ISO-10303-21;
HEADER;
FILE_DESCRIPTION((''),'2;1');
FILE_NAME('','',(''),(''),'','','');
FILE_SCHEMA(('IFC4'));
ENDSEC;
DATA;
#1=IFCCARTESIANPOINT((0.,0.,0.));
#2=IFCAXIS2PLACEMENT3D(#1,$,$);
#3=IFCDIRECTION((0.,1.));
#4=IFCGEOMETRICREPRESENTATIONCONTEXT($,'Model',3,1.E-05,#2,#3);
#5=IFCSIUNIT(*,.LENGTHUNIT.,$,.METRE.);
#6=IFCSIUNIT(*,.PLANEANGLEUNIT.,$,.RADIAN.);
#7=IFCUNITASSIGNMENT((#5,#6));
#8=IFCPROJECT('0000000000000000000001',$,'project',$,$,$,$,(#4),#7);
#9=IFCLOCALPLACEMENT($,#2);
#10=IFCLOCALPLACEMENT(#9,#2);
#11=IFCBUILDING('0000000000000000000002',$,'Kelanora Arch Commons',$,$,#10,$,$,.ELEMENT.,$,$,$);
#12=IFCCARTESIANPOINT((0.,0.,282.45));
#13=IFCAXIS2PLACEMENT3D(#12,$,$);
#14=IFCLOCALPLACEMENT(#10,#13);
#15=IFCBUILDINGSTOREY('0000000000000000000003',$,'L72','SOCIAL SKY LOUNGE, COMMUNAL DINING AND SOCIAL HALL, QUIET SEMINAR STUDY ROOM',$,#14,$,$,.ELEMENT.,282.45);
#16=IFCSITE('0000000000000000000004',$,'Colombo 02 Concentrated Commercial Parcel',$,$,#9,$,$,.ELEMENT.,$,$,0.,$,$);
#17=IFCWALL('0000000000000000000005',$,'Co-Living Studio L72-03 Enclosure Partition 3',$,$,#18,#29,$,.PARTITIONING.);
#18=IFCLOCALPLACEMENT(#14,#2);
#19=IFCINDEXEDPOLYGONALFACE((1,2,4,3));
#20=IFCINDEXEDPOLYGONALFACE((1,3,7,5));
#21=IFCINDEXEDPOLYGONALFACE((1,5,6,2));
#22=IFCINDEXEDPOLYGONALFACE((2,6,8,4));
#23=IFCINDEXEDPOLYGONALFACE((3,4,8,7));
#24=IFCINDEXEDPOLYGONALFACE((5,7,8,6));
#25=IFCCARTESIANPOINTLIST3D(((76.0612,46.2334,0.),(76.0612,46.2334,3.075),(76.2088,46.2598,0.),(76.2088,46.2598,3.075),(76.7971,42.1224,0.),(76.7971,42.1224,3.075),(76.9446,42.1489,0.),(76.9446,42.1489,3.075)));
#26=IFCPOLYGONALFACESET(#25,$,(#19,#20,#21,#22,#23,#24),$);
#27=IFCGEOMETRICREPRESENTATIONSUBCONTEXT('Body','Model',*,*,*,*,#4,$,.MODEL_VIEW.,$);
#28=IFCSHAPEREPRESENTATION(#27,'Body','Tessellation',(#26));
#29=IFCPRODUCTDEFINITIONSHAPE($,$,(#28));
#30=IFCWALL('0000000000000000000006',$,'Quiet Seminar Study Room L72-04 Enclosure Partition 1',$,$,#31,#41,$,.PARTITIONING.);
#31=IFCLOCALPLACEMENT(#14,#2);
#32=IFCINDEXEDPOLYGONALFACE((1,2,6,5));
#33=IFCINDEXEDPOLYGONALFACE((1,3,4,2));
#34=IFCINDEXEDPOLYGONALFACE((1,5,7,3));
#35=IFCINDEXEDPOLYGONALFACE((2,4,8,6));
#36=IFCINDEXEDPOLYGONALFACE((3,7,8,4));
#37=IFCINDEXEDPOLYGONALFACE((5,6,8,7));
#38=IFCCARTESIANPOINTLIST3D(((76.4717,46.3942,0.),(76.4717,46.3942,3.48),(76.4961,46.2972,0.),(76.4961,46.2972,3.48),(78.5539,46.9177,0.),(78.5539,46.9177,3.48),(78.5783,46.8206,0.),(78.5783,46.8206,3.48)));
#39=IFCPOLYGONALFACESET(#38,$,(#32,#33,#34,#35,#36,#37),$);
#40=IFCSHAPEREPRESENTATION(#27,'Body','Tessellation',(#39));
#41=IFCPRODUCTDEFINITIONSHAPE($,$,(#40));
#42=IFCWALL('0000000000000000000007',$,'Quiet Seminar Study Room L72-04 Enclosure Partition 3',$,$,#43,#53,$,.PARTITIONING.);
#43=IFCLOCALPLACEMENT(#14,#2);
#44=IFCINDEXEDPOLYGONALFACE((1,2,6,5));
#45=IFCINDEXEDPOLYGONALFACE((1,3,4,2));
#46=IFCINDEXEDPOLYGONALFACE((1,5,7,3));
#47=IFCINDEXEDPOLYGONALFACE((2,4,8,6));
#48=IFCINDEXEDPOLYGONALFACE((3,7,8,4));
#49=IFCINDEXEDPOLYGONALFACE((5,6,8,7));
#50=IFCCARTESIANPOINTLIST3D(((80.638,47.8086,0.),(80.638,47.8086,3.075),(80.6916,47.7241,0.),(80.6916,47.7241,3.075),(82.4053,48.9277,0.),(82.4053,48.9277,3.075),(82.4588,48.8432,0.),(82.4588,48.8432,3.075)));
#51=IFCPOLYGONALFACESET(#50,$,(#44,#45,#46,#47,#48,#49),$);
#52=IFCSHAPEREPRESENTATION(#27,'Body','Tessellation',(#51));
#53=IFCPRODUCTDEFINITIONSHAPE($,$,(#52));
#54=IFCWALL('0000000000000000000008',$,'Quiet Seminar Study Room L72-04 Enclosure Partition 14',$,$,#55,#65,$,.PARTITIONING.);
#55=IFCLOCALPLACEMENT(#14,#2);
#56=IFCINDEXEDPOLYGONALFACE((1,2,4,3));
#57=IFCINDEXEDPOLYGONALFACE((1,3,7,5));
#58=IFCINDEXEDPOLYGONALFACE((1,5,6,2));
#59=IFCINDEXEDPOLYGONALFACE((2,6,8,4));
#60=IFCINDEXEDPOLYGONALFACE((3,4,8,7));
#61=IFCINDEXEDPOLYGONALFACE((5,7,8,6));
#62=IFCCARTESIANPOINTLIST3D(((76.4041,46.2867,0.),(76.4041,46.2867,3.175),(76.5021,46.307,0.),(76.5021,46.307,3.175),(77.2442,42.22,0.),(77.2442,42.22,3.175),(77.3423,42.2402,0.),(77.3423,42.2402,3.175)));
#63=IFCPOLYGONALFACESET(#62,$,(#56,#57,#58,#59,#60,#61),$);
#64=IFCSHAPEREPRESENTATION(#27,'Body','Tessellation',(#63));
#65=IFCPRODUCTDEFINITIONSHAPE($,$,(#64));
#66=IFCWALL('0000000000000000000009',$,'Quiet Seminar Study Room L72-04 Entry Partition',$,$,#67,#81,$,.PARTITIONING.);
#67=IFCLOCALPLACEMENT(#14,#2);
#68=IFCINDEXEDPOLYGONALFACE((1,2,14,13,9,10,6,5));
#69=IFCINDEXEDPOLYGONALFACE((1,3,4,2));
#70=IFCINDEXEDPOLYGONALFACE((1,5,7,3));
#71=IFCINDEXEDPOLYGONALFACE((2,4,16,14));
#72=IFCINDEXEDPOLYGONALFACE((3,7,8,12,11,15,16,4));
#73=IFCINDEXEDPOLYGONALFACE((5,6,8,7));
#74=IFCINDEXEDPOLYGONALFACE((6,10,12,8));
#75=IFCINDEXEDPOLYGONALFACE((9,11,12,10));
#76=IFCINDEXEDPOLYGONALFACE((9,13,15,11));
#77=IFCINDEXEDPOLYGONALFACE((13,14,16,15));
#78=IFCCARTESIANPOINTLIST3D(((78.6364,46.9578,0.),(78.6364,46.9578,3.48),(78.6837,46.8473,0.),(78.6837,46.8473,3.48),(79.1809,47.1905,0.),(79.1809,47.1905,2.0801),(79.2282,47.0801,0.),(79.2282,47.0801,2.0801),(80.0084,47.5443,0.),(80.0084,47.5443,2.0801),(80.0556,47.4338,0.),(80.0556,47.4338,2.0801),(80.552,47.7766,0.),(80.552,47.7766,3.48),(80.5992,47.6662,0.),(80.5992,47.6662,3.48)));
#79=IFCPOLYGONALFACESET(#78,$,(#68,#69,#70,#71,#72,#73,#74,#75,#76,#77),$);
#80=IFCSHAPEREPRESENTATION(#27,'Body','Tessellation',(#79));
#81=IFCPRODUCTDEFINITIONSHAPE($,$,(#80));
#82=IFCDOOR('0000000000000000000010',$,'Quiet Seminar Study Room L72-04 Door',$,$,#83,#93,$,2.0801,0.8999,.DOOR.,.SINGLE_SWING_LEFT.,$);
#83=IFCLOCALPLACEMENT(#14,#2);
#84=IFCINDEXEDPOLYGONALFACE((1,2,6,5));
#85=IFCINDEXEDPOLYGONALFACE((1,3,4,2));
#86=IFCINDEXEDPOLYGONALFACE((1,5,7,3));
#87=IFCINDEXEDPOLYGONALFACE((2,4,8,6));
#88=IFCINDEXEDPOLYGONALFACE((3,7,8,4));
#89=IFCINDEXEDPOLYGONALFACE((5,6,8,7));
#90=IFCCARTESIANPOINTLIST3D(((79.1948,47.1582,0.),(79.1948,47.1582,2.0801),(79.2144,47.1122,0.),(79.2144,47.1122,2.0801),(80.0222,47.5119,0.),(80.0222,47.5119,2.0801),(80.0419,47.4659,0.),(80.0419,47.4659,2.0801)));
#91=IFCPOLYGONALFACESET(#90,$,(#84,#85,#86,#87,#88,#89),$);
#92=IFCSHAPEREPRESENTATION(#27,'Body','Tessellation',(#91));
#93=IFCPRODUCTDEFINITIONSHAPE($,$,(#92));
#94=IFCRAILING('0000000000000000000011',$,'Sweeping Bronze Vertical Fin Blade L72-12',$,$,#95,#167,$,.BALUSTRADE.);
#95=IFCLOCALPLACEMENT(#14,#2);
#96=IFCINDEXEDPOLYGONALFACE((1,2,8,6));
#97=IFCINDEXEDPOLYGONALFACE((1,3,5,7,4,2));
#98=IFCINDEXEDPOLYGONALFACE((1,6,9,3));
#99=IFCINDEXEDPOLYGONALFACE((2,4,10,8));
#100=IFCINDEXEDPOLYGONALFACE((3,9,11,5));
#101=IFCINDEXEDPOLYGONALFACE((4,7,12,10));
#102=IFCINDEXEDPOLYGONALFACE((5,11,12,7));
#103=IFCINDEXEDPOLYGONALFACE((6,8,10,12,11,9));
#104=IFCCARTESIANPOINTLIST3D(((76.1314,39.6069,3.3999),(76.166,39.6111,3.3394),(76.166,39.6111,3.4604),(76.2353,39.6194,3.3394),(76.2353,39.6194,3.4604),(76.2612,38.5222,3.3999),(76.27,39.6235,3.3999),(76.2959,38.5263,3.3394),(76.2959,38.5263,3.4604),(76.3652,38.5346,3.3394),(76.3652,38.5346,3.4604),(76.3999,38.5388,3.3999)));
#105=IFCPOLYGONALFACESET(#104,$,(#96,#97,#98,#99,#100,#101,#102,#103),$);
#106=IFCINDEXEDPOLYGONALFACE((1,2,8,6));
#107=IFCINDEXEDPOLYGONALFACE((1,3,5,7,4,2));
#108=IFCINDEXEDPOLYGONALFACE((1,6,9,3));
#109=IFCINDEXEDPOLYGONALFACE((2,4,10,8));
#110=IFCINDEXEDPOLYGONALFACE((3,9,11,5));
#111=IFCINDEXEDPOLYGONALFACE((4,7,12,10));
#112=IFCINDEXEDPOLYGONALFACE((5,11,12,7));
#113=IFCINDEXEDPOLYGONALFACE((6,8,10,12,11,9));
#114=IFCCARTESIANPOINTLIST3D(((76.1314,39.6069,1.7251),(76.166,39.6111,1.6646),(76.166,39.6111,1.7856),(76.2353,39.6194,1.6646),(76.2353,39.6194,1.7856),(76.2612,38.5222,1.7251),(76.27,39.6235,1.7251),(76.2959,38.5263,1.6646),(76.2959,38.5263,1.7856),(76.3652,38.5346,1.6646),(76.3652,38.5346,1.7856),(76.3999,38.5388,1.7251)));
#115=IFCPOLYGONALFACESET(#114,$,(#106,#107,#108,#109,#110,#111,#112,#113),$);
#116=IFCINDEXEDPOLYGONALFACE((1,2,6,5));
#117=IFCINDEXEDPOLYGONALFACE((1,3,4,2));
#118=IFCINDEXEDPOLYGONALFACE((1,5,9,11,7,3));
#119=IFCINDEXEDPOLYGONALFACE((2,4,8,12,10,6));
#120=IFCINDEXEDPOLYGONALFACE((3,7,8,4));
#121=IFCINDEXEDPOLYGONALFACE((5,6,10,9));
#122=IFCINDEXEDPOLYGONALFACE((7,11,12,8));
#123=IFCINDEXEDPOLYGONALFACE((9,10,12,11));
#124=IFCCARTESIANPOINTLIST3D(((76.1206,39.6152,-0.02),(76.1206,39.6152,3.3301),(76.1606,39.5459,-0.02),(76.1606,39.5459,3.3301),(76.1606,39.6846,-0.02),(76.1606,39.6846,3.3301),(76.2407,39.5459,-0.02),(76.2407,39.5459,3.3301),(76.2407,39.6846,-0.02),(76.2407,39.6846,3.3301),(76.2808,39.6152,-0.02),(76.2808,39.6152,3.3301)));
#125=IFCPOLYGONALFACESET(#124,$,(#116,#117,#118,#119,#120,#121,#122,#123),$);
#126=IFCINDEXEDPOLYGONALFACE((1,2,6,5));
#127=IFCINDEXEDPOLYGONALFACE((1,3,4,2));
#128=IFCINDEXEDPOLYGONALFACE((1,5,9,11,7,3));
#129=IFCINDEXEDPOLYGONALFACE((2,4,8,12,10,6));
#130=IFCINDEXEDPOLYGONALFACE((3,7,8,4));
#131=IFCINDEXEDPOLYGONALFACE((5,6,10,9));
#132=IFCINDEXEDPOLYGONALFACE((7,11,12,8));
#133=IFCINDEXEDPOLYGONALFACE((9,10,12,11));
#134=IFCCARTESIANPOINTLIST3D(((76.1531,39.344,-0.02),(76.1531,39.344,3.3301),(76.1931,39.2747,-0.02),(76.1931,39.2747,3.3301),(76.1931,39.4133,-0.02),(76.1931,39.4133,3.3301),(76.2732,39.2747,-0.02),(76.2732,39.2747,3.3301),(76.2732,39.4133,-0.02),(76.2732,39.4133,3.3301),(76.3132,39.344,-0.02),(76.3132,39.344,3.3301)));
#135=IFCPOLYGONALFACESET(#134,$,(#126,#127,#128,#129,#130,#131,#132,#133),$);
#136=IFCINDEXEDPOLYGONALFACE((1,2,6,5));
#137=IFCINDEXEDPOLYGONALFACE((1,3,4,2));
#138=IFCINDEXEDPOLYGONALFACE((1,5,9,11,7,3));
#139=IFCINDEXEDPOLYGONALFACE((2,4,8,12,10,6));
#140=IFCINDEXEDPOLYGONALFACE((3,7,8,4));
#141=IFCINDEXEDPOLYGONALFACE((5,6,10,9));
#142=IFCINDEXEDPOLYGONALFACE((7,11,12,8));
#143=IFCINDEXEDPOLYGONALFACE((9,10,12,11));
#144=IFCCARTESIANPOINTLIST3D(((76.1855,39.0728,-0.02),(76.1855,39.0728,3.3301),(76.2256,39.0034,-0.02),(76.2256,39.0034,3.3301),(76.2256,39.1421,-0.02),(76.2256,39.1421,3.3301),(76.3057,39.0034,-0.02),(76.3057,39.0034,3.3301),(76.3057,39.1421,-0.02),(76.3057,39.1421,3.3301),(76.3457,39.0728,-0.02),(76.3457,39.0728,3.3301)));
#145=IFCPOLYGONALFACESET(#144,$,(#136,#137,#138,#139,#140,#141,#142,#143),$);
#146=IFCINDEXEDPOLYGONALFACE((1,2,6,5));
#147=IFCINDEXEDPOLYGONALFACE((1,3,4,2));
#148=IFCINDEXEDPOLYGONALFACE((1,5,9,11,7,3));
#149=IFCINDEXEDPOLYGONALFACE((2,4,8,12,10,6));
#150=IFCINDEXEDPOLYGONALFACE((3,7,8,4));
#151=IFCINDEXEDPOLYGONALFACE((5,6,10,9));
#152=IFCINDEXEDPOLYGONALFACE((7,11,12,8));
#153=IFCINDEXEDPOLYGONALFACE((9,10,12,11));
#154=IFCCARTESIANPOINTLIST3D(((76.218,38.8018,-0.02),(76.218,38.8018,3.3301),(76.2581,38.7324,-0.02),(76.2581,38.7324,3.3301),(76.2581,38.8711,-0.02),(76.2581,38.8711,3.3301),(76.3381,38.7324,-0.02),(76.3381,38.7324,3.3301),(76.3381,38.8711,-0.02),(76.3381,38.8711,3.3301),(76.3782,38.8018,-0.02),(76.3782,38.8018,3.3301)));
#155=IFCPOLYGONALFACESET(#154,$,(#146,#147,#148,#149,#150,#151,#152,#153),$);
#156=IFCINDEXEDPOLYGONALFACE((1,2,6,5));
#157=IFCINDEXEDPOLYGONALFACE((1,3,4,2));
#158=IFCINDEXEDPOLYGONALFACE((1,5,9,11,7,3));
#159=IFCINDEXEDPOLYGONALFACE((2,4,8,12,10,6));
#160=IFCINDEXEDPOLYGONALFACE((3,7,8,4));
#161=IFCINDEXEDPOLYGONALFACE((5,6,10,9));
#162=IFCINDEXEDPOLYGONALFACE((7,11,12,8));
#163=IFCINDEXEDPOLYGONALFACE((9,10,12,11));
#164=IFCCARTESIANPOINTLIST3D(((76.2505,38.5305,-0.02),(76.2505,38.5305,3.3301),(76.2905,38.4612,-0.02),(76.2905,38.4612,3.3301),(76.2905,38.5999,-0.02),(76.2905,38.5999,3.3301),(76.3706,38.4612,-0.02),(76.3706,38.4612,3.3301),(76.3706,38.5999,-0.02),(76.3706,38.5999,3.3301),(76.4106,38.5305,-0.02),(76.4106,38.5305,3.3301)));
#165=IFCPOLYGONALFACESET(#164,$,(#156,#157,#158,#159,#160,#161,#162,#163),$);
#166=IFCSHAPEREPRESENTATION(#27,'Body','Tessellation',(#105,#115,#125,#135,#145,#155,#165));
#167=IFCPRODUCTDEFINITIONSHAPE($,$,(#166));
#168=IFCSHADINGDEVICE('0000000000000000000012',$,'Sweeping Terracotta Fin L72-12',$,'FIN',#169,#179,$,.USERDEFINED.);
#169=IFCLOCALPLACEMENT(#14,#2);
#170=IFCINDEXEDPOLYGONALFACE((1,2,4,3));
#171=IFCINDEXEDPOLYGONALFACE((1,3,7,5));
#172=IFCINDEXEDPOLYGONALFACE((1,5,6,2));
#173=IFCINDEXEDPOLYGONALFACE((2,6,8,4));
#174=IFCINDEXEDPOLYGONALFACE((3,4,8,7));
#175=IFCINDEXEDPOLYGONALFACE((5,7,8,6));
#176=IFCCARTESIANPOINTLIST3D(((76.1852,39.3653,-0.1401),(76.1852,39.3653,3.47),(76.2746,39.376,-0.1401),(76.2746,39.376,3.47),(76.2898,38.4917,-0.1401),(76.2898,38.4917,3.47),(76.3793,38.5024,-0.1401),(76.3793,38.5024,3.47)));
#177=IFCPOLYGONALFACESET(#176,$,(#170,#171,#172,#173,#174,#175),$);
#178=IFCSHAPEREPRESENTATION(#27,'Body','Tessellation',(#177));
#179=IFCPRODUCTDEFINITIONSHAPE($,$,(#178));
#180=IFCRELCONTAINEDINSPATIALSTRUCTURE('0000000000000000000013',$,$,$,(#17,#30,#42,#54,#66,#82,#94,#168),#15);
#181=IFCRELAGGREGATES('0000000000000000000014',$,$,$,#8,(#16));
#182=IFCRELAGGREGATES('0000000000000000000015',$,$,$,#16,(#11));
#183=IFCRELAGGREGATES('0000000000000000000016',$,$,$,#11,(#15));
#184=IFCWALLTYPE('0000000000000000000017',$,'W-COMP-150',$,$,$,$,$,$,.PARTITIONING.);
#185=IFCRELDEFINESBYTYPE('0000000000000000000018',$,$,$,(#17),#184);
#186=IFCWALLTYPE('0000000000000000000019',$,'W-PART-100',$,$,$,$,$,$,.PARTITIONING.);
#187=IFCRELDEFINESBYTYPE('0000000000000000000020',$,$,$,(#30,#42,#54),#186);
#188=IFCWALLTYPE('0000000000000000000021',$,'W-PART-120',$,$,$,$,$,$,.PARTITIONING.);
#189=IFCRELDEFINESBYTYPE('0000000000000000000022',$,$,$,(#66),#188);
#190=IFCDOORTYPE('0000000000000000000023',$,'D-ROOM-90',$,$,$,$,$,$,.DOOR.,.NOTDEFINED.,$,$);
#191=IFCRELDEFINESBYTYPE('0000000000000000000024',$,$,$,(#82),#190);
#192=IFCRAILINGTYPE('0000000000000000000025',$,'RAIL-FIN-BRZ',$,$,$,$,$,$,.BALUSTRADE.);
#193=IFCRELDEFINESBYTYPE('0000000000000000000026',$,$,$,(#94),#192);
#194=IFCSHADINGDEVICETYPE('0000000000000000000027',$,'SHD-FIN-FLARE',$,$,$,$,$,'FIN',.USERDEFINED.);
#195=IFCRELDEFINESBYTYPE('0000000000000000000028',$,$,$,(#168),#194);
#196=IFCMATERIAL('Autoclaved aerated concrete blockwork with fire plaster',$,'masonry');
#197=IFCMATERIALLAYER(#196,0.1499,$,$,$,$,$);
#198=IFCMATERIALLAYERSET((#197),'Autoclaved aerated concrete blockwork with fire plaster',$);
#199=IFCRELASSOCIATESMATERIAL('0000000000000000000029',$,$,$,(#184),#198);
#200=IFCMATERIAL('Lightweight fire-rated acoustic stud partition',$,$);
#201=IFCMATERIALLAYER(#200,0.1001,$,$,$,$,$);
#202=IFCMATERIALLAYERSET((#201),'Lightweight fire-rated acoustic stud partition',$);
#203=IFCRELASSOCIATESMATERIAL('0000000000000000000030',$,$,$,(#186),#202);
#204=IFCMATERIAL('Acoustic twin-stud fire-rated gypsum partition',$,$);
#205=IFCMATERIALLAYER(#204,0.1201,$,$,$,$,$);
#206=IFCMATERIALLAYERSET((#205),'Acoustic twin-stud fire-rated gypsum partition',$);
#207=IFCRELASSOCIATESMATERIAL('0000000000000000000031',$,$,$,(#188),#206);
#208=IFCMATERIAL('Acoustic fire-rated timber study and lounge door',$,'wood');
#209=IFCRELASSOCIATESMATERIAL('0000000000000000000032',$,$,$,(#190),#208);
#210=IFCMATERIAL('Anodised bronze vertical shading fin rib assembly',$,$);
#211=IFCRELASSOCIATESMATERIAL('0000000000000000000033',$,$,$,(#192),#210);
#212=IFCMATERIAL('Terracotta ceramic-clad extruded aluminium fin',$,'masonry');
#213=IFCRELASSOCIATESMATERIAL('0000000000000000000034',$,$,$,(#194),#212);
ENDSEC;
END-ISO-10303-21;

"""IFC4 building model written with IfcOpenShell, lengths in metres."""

from ifc_helpers import new_model, si_unit, direction, frame, frame_2d, origin, origin_2d, place, context, subcontext, project, spatial, polyline, rectangle, outline, extrude, source, transform, mapped, material, layer, layer_set, type_object, element, fill, save


model = new_model("IFC4")

# Units and contexts
model_context = context("Model", 3, precision=1e-05, world=origin(), true_north=direction((0.0, 1.0)))
body_context = subcontext(model_context, "Body", "Model", "MODEL_VIEW")
ifc_project = project(units=[si_unit("LENGTHUNIT", "METRE"), si_unit("PLANEANGLEUNIT", "RADIAN")], contexts=[model_context])

# Site, building, storey
site_placement = place(None, origin())
site = spatial("IfcSite", under=ifc_project, at=site_placement, Name="Colombo 02 Concentrated Commercial Parcel", CompositionType="ELEMENT", RefElevation=0.0)
building_placement = place(site_placement, origin())
building = spatial("IfcBuilding", under=site, at=building_placement, Name="Kelanora Arch Commons", CompositionType="ELEMENT")
storey_placement = place(building_placement, frame((0.0, 0.0, 282.45)))
storey = spatial("IfcBuildingStorey", under=building, at=storey_placement, Name="L72", Description="SOCIAL SKY LOUNGE, COMMUNAL DINING AND SOCIAL HALL, QUIET SEMINAR STUDY ROOM", CompositionType="ELEMENT", Elevation=282.45)

# Walls
ifc_material_1 = material(Name="Autoclaved aerated concrete blockwork with fire plaster", Category="masonry")
ifc_layer_1 = layer(ifc_material_1, 0.1499)
ifc_layer_set_1 = layer_set([ifc_layer_1], Name="Autoclaved aerated concrete blockwork with fire plaster")
wall_type_1 = type_object("IfcWallType", Name="W-COMP-150", PredefinedType="PARTITIONING", material=ifc_layer_set_1)
wall_1_placement = place(storey_placement, frame((76.135, 46.2466, 0.0), z_axis=(0.0, 0.0, 1.0), x_axis=(0.176199, -0.984355, 0.0)))
element("IfcWall", 1, at=wall_1_placement, inside=storey, type_object=wall_type_1, Name="Co-Living Studio L72-03 Enclosure Partition 3", PredefinedType="PARTITIONING", context=body_context, shape_type="SweptSolid", body=[
    extrude(rectangle(XDim=4.1763, YDim=0.1499, at=frame_2d((2.0881, 0.0))), origin(), (0.0, 0.0, 1.0), 3.075),
])
ifc_material_2 = material(Name="Lightweight fire-rated acoustic stud partition")
ifc_layer_2 = layer(ifc_material_2, 0.1001)
ifc_layer_set_2 = layer_set([ifc_layer_2], Name="Lightweight fire-rated acoustic stud partition")
wall_type_2 = type_object("IfcWallType", Name="W-PART-100", PredefinedType="PARTITIONING", material=ifc_layer_set_2)
wall_2_placement = place(storey_placement, frame((76.4839, 46.3457, 0.0), z_axis=(0.0, 0.0, 1.0), x_axis=(0.969827, 0.243793, 0.0)))
element("IfcWall", 2, at=wall_2_placement, inside=storey, type_object=wall_type_2, Name="Quiet Seminar Study Room L72-04 Enclosure Partition 1", PredefinedType="PARTITIONING", context=body_context, shape_type="SweptSolid", body=[
    extrude(rectangle(XDim=2.147, YDim=0.1001, at=frame_2d((1.0735, 0.0))), origin(), (0.0, 0.0, 1.0), 3.48),
])
wall_3_placement = place(storey_placement, frame((80.6648, 47.7664, 0.0), z_axis=(0.0, 0.0, 1.0), x_axis=(0.844856, 0.534994, 0.0)))
element("IfcWall", 3, at=wall_3_placement, inside=storey, type_object=wall_type_2, Name="Quiet Seminar Study Room L72-04 Enclosure Partition 3", PredefinedType="PARTITIONING", context=body_context, shape_type="SweptSolid", body=[
    extrude(rectangle(XDim=2.0918, YDim=0.1001, at=frame_2d((1.0459, 0.0))), origin(), (0.0, 0.0, 1.0), 3.075),
])
wall_4_placement = place(storey_placement, frame((77.2932, 42.2302, 0.0), z_axis=(0.0, 0.0, 1.0), x_axis=(-0.202308, 0.979322, 0.0)))
element("IfcWall", 4, at=wall_4_placement, inside=storey, type_object=wall_type_2, Name="Quiet Seminar Study Room L72-04 Enclosure Partition 14", PredefinedType="PARTITIONING", context=body_context, shape_type="SweptSolid", body=[
    extrude(rectangle(XDim=4.1526, YDim=0.1001, at=frame_2d((2.0762, 0.0))), origin(), (0.0, 0.0, 1.0), 3.175),
])

# Wall, opening, door
ifc_material_3 = material(Name="Acoustic twin-stud fire-rated gypsum partition")
ifc_layer_3 = layer(ifc_material_3, 0.1201)
ifc_layer_set_3 = layer_set([ifc_layer_3], Name="Acoustic twin-stud fire-rated gypsum partition")
wall_type_3 = type_object("IfcWallType", Name="W-PART-120", PredefinedType="PARTITIONING", material=ifc_layer_set_3)
wall_5_placement = place(storey_placement, frame((78.6602, 46.9026, 0.0), z_axis=(0.0, 0.0, 1.0), x_axis=(0.919508, 0.39307, 0.0)))
wall_5 = element("IfcWall", 5, at=wall_5_placement, inside=storey, type_object=wall_type_3, Name="Quiet Seminar Study Room L72-04 Entry Partition", PredefinedType="PARTITIONING", context=body_context, shape_type="SweptSolid", body=[
    extrude(rectangle(XDim=2.0833, YDim=0.1201, at=frame_2d((1.0415, 0.0))), origin(), (0.0, 0.0, 1.0), 3.48),
])
opening_placement = place(wall_5_placement, frame((0.592, 0.0, 0.0)))
opening = element("IfcOpeningElement", 6, at=opening_placement, cuts=wall_5, PredefinedType="OPENING", context=body_context, shape_type="SweptSolid", body=[
    extrude(rectangle(XDim=0.8999, YDim=2.0801, at=frame_2d((0.45, 1.04))), frame((0.0, 0.0701, 0.0), z_axis=(0.0, -1.0, 0.0), x_axis=(1.0, 0.0, 0.0)), (0.0, 0.0, 1.0), 0.1401),
])
ifc_material_4 = material(Name="Acoustic fire-rated timber study and lounge door", Category="wood")
door_type = type_object("IfcDoorType", Name="D-ROOM-90", OperationType="NOTDEFINED", PredefinedType="DOOR", material=ifc_material_4)
door_placement = place(opening_placement, origin())
door = element("IfcDoor", 7, at=door_placement, inside=storey, type_object=door_type, Name="Quiet Seminar Study Room L72-04 Door", OperationType="SINGLE_SWING_LEFT", OverallHeight=2.0801, OverallWidth=0.8999, PredefinedType="DOOR", context=body_context, shape_type="SweptSolid", body=[
    extrude(rectangle(XDim=0.8999, YDim=2.0801, at=frame_2d((0.45, 1.04))), frame((0.0, 0.0249, 0.0), z_axis=(0.0, -1.0, 0.0), x_axis=(1.0, 0.0, 0.0)), (0.0, 0.0, 1.0), 0.05),
])
fill(opening, door)

# Railing
ifc_material_5 = material(Name="Anodised bronze vertical shading fin rib assembly")
railing_type = type_object("IfcRailingType", Name="RAIL-FIN-BRZ", PredefinedType="BALUSTRADE", material=ifc_material_5)
railing_placement = place(storey_placement, frame((76.2007, 39.6152, -0.02)))
element("IfcRailing", 8, at=railing_placement, inside=storey, type_object=railing_type, Name="Sweeping Bronze Vertical Fin Blade L72-12", PredefinedType="BALUSTRADE", context=body_context, shape_type="SweptSolid", body=[
    extrude(outline(polyline([(0.0698, 0.0), (0.0349, 0.0605), (-0.0349, 0.0605), (-0.0698, 0.0), (-0.0349, -0.0605), (0.0349, -0.0605), (0.0698, 0.0)])), frame((0.0, 0.0, 3.4199), z_axis=(0.11889, -0.992907, 0.0), x_axis=(0.992907, 0.11889, 0.0)), (0.0, 0.0, 1.0), 1.0925),
    extrude(outline(polyline([(0.0698, 0.0), (0.0349, 0.0605), (-0.0349, 0.0605), (-0.0698, 0.0), (-0.0349, -0.0605), (0.0349, -0.0605), (0.0698, 0.0)])), frame((0.0, 0.0, 1.7451), z_axis=(0.11889, -0.992907, 0.0), x_axis=(0.992907, 0.11889, 0.0)), (0.0, 0.0, 1.0), 1.0925),
    extrude(outline(polyline([(0.0801, 0.0), (0.04, 0.0693), (-0.04, 0.0693), (-0.0801, 0.0), (-0.04, -0.0693), (0.04, -0.0693), (0.0801, 0.0)])), origin(), (0.0, 0.0, 1.0), 3.3501),
    extrude(outline(polyline([(0.0801, 0.0), (0.04, 0.0693), (-0.04, 0.0693), (-0.0801, 0.0), (-0.04, -0.0693), (0.04, -0.0693), (0.0801, 0.0)])), frame((0.0325, -0.2712, 0.0)), (0.0, 0.0, 1.0), 3.3501),
    extrude(outline(polyline([(0.0801, 0.0), (0.04, 0.0693), (-0.04, 0.0693), (-0.0801, 0.0), (-0.04, -0.0693), (0.04, -0.0693), (0.0801, 0.0)])), frame((0.0649, -0.5425, 0.0)), (0.0, 0.0, 1.0), 3.3501),
    extrude(outline(polyline([(0.0801, 0.0), (0.04, 0.0693), (-0.04, 0.0693), (-0.0801, 0.0), (-0.04, -0.0693), (0.04, -0.0693), (0.0801, 0.0)])), frame((0.0974, -0.8135, 0.0)), (0.0, 0.0, 1.0), 3.3501),
    extrude(outline(polyline([(0.0801, 0.0), (0.04, 0.0693), (-0.04, 0.0693), (-0.0801, 0.0), (-0.04, -0.0693), (0.04, -0.0693), (0.0801, 0.0)])), frame((0.1299, -1.0847, 0.0)), (0.0, 0.0, 1.0), 3.3501),
])

# Shading device
ifc_material_6 = material(Name="Terracotta ceramic-clad extruded aluminium fin", Category="masonry")
shading_device_type = type_object("IfcShadingDeviceType", Name="SHD-FIN-FLARE", ElementType="FIN", PredefinedType="USERDEFINED", material=ifc_material_6)
shared_shape_1 = source(origin(), body_context, "Body", "SweptSolid", [
    extrude(rectangle(XDim=0.8799, YDim=0.0901, at=origin_2d()), origin(), (0.0, 0.0, 1.0), 3.6101),
])
shading_device_placement = place(storey_placement, frame((76.2822, 38.9338, -0.1401), z_axis=(0.0, 0.0, 1.0), x_axis=(0.118924, -0.992903, 0.0)))
element("IfcShadingDevice", 9, at=shading_device_placement, inside=storey, type_object=shading_device_type, Name="Sweeping Terracotta Fin L72-12", ObjectType="FIN", PredefinedType="USERDEFINED", context=body_context, shape_type="MappedRepresentation", body=[
    mapped(shared_shape_1, transform((0.0, 0.0, 0.0), scale=1.0)),
])

save(model, "model.ifc")
